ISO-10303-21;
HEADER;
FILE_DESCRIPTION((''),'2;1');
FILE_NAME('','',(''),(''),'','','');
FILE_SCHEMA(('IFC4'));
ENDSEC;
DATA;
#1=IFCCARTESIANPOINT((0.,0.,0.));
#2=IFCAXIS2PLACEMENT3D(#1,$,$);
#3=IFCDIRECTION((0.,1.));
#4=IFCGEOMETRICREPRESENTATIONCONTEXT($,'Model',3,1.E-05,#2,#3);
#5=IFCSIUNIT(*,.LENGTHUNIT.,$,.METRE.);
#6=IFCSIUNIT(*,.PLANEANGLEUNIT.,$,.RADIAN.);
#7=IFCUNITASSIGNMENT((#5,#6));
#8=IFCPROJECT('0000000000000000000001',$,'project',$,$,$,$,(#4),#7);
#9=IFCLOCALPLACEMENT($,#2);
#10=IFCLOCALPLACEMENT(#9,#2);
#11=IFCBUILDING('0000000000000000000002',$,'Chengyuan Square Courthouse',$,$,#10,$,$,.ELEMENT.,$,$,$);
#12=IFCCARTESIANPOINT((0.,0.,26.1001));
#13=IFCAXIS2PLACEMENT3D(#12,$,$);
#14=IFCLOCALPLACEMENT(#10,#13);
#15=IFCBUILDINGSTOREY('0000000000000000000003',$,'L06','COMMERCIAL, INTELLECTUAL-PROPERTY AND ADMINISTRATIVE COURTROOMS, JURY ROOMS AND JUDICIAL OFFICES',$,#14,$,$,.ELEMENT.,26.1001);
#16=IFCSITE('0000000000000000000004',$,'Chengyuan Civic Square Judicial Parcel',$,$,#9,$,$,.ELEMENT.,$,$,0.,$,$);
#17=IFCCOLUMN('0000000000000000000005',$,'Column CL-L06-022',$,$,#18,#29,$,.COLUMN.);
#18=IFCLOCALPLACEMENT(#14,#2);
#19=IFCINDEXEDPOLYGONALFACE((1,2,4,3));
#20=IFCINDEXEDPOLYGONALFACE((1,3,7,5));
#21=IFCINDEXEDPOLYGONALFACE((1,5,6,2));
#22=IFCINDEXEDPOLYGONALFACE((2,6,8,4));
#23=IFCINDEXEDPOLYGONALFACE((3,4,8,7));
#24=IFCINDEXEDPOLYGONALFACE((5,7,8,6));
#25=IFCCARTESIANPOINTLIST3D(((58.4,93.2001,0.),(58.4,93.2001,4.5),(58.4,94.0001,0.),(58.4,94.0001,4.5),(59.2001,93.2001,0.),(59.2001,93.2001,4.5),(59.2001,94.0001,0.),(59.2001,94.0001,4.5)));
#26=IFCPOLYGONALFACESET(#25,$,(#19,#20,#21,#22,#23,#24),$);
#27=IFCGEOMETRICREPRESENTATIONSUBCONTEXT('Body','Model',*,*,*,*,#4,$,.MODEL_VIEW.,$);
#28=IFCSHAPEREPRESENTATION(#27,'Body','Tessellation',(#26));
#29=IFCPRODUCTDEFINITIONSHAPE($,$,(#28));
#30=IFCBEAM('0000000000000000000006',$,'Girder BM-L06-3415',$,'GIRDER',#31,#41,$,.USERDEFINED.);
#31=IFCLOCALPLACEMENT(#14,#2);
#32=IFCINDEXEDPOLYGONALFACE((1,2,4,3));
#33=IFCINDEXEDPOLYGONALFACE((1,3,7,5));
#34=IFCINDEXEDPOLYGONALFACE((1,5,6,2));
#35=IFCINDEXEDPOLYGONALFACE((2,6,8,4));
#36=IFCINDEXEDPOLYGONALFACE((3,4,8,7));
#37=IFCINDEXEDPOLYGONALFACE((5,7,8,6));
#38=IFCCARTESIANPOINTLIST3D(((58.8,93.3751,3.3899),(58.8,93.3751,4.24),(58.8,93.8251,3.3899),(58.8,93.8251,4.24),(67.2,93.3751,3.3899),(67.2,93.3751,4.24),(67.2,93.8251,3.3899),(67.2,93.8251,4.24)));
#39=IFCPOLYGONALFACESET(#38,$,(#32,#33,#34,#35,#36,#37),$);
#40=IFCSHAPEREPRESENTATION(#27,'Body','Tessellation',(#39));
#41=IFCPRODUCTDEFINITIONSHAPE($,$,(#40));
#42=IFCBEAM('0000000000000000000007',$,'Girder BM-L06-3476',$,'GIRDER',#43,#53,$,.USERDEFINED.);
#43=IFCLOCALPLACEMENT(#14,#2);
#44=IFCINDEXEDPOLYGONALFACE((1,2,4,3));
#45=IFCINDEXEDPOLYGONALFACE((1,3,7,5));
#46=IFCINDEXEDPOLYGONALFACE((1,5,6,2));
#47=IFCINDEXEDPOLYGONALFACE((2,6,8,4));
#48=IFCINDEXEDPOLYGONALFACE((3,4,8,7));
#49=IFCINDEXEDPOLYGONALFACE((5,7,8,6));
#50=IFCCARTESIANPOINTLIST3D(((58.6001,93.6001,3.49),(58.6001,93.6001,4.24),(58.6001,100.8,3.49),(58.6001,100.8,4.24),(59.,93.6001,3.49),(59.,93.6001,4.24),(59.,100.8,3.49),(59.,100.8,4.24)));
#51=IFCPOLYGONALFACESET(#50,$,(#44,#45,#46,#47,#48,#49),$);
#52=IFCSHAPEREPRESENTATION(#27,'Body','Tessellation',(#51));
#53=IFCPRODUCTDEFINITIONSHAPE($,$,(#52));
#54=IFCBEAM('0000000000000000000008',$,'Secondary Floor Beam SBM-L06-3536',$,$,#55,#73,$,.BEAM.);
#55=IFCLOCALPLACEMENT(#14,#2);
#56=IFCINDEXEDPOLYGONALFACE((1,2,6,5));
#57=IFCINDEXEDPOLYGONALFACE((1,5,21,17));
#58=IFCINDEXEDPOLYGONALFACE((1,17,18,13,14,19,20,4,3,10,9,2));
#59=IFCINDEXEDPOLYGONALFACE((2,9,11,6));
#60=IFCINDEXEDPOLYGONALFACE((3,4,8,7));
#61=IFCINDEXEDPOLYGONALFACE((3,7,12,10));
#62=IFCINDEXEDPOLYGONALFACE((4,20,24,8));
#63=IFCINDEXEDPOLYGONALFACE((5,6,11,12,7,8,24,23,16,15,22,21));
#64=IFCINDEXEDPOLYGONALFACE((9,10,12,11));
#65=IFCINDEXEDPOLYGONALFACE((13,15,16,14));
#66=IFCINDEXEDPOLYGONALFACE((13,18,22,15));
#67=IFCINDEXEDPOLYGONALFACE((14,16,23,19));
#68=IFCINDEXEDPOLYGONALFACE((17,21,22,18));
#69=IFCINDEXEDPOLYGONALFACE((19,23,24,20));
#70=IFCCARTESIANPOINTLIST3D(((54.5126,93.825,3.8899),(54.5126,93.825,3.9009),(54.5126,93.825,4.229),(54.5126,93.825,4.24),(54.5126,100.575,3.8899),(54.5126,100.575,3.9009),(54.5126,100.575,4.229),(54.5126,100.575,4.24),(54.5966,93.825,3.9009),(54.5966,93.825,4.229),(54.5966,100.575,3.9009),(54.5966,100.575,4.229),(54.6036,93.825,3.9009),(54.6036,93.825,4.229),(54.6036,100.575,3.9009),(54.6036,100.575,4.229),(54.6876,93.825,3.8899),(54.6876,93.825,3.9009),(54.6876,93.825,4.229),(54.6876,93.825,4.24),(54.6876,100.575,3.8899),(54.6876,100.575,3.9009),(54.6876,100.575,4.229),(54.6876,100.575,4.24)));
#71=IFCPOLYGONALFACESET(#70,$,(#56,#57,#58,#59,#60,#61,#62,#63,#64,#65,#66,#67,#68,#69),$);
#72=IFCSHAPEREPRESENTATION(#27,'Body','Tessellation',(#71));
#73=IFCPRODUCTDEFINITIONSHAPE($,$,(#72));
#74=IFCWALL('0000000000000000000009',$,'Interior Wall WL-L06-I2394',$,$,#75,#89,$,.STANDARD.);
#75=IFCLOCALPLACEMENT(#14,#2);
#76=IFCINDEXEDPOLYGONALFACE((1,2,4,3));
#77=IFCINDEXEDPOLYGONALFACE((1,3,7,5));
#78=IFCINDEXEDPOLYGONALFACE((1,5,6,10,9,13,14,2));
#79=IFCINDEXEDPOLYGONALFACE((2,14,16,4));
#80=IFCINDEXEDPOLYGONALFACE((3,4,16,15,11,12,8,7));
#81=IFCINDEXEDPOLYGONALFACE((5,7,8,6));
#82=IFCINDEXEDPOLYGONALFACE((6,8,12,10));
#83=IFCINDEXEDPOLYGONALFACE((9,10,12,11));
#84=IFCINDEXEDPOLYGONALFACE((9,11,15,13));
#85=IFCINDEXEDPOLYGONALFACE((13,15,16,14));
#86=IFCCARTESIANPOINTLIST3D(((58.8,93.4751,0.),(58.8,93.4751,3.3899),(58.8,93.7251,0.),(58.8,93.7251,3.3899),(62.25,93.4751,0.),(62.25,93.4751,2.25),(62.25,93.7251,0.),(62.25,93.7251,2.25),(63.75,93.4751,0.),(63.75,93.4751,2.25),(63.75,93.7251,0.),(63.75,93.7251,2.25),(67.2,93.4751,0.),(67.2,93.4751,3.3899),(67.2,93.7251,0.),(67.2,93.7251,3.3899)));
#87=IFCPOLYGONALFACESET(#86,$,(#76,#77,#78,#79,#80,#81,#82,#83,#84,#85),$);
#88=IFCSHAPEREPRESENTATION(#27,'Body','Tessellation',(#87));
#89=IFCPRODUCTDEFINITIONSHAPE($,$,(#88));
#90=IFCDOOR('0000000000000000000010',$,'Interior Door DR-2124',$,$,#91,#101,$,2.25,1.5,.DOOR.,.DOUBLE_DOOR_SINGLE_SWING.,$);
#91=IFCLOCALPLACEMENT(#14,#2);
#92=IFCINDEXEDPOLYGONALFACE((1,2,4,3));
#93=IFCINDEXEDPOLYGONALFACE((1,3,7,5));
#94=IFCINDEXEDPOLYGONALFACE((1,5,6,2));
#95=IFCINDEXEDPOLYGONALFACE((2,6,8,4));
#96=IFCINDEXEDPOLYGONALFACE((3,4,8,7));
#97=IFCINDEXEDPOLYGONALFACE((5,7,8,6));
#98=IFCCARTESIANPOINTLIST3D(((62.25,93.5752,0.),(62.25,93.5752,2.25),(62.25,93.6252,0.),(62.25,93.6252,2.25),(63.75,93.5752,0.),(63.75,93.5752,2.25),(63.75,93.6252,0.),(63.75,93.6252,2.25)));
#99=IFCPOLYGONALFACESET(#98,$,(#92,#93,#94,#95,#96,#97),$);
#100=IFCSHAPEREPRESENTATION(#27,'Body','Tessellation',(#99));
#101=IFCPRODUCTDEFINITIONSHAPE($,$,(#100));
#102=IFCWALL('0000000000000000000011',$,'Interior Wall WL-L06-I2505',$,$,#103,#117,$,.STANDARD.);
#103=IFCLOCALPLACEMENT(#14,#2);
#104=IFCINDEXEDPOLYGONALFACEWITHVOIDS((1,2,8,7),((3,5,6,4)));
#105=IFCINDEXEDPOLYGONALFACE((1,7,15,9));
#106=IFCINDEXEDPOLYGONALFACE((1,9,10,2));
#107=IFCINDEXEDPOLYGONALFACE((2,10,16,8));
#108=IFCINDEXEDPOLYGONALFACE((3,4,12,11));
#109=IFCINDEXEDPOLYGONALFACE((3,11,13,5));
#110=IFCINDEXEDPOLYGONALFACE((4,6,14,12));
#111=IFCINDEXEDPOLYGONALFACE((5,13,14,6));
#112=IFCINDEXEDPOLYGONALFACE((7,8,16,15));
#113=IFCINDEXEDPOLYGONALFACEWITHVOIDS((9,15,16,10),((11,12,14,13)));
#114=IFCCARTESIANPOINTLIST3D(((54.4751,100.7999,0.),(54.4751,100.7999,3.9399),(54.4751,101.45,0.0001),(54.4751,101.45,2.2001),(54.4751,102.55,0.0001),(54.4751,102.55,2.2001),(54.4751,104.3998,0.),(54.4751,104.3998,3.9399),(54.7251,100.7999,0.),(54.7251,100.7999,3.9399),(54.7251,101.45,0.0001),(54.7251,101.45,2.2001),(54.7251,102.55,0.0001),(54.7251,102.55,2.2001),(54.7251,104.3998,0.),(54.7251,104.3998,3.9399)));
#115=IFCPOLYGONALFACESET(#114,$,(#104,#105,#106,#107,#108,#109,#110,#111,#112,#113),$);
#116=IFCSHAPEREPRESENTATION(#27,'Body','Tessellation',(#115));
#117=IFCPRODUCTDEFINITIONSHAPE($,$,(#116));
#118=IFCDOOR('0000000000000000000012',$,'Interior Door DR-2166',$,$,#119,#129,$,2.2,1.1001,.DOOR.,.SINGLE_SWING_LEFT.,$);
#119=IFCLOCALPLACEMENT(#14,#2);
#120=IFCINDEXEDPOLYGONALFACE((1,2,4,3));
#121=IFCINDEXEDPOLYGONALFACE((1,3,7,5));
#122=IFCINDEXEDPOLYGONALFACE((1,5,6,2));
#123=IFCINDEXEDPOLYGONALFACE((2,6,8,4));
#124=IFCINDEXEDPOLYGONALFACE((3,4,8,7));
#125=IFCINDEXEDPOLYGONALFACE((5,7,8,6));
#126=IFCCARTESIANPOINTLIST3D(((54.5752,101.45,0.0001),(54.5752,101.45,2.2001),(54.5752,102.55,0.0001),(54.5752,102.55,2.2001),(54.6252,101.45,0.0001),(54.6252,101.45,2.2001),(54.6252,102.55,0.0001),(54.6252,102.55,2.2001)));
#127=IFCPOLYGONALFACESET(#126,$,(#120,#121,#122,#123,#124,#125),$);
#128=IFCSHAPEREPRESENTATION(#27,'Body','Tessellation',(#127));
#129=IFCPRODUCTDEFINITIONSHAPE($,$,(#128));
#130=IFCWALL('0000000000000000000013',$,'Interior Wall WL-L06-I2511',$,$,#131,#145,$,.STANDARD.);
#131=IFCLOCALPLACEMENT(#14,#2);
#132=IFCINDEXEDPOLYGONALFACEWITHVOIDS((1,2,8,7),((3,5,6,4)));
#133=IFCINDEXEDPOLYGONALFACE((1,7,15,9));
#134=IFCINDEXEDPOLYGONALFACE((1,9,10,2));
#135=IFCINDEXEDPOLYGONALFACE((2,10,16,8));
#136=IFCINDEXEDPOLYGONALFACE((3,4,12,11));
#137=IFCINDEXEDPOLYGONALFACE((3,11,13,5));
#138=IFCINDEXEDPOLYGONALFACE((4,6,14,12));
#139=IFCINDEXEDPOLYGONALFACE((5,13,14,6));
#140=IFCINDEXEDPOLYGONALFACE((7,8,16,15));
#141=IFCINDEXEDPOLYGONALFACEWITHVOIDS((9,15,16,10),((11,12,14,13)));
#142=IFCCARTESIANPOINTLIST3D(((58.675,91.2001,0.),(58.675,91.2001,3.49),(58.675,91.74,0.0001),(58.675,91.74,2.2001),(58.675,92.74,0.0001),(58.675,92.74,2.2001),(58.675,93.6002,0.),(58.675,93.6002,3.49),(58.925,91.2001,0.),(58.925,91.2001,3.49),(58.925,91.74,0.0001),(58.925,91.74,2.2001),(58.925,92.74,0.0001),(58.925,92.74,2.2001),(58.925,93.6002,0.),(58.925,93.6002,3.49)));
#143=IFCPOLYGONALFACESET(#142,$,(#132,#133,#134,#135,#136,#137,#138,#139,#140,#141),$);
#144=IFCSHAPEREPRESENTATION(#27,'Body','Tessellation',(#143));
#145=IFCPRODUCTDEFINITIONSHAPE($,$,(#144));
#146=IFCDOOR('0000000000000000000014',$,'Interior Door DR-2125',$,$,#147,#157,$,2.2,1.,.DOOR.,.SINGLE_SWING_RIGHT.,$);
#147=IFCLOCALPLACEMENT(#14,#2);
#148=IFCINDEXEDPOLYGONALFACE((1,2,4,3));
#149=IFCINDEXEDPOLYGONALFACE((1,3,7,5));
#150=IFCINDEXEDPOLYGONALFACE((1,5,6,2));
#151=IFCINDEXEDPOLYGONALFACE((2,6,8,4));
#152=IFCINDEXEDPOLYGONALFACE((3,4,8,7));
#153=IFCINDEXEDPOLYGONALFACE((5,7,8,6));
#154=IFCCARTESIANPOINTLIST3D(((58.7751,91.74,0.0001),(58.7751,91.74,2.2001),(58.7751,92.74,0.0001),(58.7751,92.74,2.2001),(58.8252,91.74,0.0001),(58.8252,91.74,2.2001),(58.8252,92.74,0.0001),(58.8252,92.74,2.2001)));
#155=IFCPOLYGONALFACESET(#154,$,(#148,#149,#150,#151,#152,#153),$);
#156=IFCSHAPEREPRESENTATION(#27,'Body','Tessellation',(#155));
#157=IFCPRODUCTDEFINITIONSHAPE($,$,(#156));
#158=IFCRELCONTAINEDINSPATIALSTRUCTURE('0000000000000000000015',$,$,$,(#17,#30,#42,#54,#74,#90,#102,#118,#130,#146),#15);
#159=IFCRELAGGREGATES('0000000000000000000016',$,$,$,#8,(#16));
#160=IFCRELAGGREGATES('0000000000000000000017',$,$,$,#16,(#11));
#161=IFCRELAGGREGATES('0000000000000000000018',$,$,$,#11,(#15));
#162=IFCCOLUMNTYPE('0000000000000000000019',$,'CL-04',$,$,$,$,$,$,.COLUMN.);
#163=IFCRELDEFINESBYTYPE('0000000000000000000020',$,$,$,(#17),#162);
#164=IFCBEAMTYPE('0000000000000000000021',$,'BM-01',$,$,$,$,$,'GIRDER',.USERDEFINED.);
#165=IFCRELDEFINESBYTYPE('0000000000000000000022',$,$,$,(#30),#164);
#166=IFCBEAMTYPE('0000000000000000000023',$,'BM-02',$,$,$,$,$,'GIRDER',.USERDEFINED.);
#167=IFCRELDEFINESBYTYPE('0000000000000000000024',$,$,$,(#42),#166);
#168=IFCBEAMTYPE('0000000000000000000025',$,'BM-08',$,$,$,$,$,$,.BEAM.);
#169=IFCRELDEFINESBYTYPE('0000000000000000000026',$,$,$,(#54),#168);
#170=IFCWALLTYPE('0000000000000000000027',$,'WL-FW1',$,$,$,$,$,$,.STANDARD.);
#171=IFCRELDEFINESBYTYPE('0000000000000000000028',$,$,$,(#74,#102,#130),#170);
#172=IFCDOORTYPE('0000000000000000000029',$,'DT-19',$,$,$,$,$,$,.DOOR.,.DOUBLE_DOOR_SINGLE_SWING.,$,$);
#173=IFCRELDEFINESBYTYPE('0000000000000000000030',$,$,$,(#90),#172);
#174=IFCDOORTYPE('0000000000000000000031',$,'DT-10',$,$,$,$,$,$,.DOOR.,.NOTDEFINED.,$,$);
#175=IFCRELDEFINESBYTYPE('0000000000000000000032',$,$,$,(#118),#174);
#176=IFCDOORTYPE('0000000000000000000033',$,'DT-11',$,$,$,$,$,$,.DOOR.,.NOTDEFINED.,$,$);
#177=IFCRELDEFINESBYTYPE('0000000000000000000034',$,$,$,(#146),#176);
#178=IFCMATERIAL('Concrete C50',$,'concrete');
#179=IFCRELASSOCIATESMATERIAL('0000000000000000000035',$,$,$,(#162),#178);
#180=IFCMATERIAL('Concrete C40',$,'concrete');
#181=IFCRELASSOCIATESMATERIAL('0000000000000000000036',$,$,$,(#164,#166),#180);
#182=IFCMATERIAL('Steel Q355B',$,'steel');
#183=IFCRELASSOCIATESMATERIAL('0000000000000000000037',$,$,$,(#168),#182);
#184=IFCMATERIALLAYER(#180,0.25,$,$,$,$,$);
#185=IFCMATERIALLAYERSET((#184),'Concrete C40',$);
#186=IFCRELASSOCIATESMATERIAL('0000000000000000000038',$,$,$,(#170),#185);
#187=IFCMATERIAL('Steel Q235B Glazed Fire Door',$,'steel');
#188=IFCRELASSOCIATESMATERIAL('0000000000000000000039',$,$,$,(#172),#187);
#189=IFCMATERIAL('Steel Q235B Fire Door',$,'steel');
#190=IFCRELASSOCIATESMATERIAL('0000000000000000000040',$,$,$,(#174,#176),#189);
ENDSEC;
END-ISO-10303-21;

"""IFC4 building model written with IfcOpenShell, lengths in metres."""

from ifc_helpers import new_model, si_unit, direction, frame, frame_2d, origin, origin_2d, place, context, subcontext, project, spatial, rectangle, i_section, extrude, material, layer, layer_set, material_profile, profile_set, type_object, element, fill, save


model = new_model("IFC4")

# Units and contexts
model_context = context("Model", 3, precision=1e-05, world=origin(), true_north=direction((0.0, 1.0)))
body_context = subcontext(model_context, "Body", "Model", "MODEL_VIEW")
ifc_project = project(units=[si_unit("LENGTHUNIT", "METRE"), si_unit("PLANEANGLEUNIT", "RADIAN")], contexts=[model_context])

# Site, building, storey
site_placement = place(None, origin())
site = spatial("IfcSite", under=ifc_project, at=site_placement, Name="Chengyuan Civic Square Judicial Parcel", CompositionType="ELEMENT", RefElevation=0.0)
building_placement = place(site_placement, origin())
building = spatial("IfcBuilding", under=site, at=building_placement, Name="Chengyuan Square Courthouse", CompositionType="ELEMENT")
storey_placement = place(building_placement, frame((0.0, 0.0, 26.1001)))
storey = spatial("IfcBuildingStorey", under=building, at=storey_placement, Name="L06", Description="COMMERCIAL, INTELLECTUAL-PROPERTY AND ADMINISTRATIVE COURTROOMS, JURY ROOMS AND JUDICIAL OFFICES", CompositionType="ELEMENT", Elevation=26.1001)

# Column
ifc_material_1 = material(Name="Concrete C50", Category="concrete")
ifc_material_profile_1 = material_profile(ifc_material_1, rectangle(XDim=0.8, YDim=0.8, at=origin_2d()), Name="RC-COL-800x800")
ifc_profile_set_1 = profile_set([ifc_material_profile_1], Name="Concrete C50")
column_type = type_object("IfcColumnType", Name="CL-04", PredefinedType="COLUMN", material=ifc_profile_set_1)
column_placement = place(storey_placement, frame((58.8, 93.6001, 0.0), z_axis=(0.0, 0.0, 1.0), x_axis=(1.0, 0.0, 0.0)))
element("IfcColumn", 1, at=column_placement, inside=storey, type_object=column_type, Name="Column CL-L06-022", PredefinedType="COLUMN", context=body_context, shape_type="SweptSolid", body=[
    extrude(rectangle(XDim=0.8, YDim=0.8, at=origin_2d()), origin(), (0.0, 0.0, 1.0), 4.5),
])

# Beams
ifc_material_2 = material(Name="Concrete C40", Category="concrete")
ifc_material_profile_2 = material_profile(ifc_material_2, rectangle(XDim=0.45, YDim=0.8501, at=origin_2d()), Name="RC-BM-450x850")
ifc_profile_set_2 = profile_set([ifc_material_profile_2], Name="Concrete C40")
beam_type_1 = type_object("IfcBeamType", Name="BM-01", ElementType="GIRDER", PredefinedType="USERDEFINED", material=ifc_profile_set_2)
beam_1_placement = place(storey_placement, frame((58.8, 93.6001, 3.8149), z_axis=(1.0, 0.0, 0.0), x_axis=(0.0, 1.0, 0.0)))
element("IfcBeam", 2, at=beam_1_placement, inside=storey, type_object=beam_type_1, Name="Girder BM-L06-3415", ObjectType="GIRDER", PredefinedType="USERDEFINED", context=body_context, shape_type="SweptSolid", body=[
    extrude(rectangle(XDim=0.45, YDim=0.8501, at=origin_2d()), origin(), (0.0, 0.0, 1.0), 8.3999),
])
ifc_material_profile_3 = material_profile(ifc_material_2, rectangle(XDim=0.3999, YDim=0.75, at=origin_2d()), Name="RC-BM-400x750")
ifc_profile_set_3 = profile_set([ifc_material_profile_3], Name="Concrete C40")
beam_type_2 = type_object("IfcBeamType", Name="BM-02", ElementType="GIRDER", PredefinedType="USERDEFINED", material=ifc_profile_set_3)
beam_2_placement = place(storey_placement, frame((58.8, 93.6001, 3.865), z_axis=(0.0, 1.0, 0.0), x_axis=(-1.0, 0.0, 0.0)))
element("IfcBeam", 3, at=beam_2_placement, inside=storey, type_object=beam_type_2, Name="Girder BM-L06-3476", ObjectType="GIRDER", PredefinedType="USERDEFINED", context=body_context, shape_type="SweptSolid", body=[
    extrude(rectangle(XDim=0.3999, YDim=0.75, at=origin_2d()), origin(), (0.0, 0.0, 1.0), 7.2),
])
ifc_material_3 = material(Name="Steel Q355B", Category="steel")
ifc_material_profile_4 = material_profile(ifc_material_3, i_section(OverallWidth=0.175, OverallDepth=0.3501, WebThickness=0.0071, FlangeThickness=0.011, at=origin_2d()), Name="HN 350x175x7x11")
ifc_profile_set_4 = profile_set([ifc_material_profile_4], Name="Steel Q355B")
beam_type_3 = type_object("IfcBeamType", Name="BM-08", PredefinedType="BEAM", material=ifc_profile_set_4)
beam_3_placement = place(storey_placement, frame((54.6001, 93.825, 4.0649), z_axis=(0.0, 1.0, 0.0), x_axis=(-1.0, 0.0, 0.0)))
element("IfcBeam", 4, at=beam_3_placement, inside=storey, type_object=beam_type_3, Name="Secondary Floor Beam SBM-L06-3536", PredefinedType="BEAM", context=body_context, shape_type="SweptSolid", body=[
    extrude(i_section(OverallWidth=0.175, OverallDepth=0.3501, WebThickness=0.0071, FlangeThickness=0.011, at=origin_2d()), origin(), (0.0, 0.0, 1.0), 6.75),
])

# Walls, openings, doors
ifc_layer_1 = layer(ifc_material_2, 0.25)
ifc_layer_set_1 = layer_set([ifc_layer_1], Name="Concrete C40")
wall_type_1 = type_object("IfcWallType", Name="WL-FW1", PredefinedType="STANDARD", material=ifc_layer_set_1)
wall_1_placement = place(storey_placement, frame((58.8, 93.6001, 0.0), z_axis=(0.0, 0.0, 1.0), x_axis=(1.0, 0.0, 0.0)))
wall_1 = element("IfcWall", 5, at=wall_1_placement, inside=storey, type_object=wall_type_1, Name="Interior Wall WL-L06-I2394", PredefinedType="STANDARD", context=body_context, shape_type="SweptSolid", body=[
    extrude(rectangle(XDim=8.3999, YDim=0.25, at=frame_2d((4.2, 0.0))), origin(), (0.0, 0.0, 1.0), 3.3899),
])
opening_1_placement = place(wall_1_placement, frame((3.45, 0.0, 0.0)))
opening_1 = element("IfcOpeningElement", 6, at=opening_1_placement, cuts=wall_1, PredefinedType="OPENING", context=body_context, shape_type="SweptSolid", body=[
    extrude(rectangle(XDim=1.5, YDim=2.25, at=frame_2d((0.75, 1.125))), frame((0.0, 0.137, 0.0), z_axis=(0.0, -1.0, 0.0), x_axis=(1.0, 0.0, 0.0)), (0.0, 0.0, 1.0), 0.2739),
])
ifc_material_4 = material(Name="Steel Q235B Glazed Fire Door", Category="steel")
door_type_1 = type_object("IfcDoorType", Name="DT-19", OperationType="DOUBLE_DOOR_SINGLE_SWING", PredefinedType="DOOR", material=ifc_material_4)
door_1_placement = place(opening_1_placement, frame((1.5, 0.0, 0.0), z_axis=(0.0, 0.0, 1.0), x_axis=(-1.0, 0.0, 0.0)))
door_1 = element("IfcDoor", 7, at=door_1_placement, inside=storey, type_object=door_type_1, Name="Interior Door DR-2124", OperationType="DOUBLE_DOOR_SINGLE_SWING", OverallHeight=2.25, OverallWidth=1.5, PredefinedType="DOOR", context=body_context, shape_type="SweptSolid", body=[
    extrude(rectangle(XDim=1.5, YDim=2.25, at=frame_2d((0.75, 1.125))), frame((0.0, 0.0249, 0.0), z_axis=(0.0, -1.0, 0.0), x_axis=(1.0, 0.0, 0.0)), (0.0, 0.0, 1.0), 0.05),
])
fill(opening_1, door_1)
wall_2_placement = place(storey_placement, frame((54.6001, 100.8, 0.0), z_axis=(0.0, 0.0, 1.0), x_axis=(0.0, 1.0, 0.0)))
wall_2 = element("IfcWall", 8, at=wall_2_placement, inside=storey, type_object=wall_type_1, Name="Interior Wall WL-L06-I2505", PredefinedType="STANDARD", context=body_context, shape_type="SweptSolid", body=[
    extrude(rectangle(XDim=3.5999, YDim=0.25, at=frame_2d((1.7998, 0.0))), origin(), (0.0, 0.0, 1.0), 3.9399),
])
opening_2_placement = place(wall_2_placement, frame((0.6499, 0.0, 0.0)))
opening_2 = element("IfcOpeningElement", 9, at=opening_2_placement, cuts=wall_2, PredefinedType="OPENING", context=body_context, shape_type="SweptSolid", body=[
    extrude(rectangle(XDim=1.1001, YDim=2.2, at=frame_2d((0.55, 1.1001))), frame((0.0, 0.137, 0.0), z_axis=(0.0, -1.0, 0.0), x_axis=(1.0, 0.0, 0.0)), (0.0, 0.0, 1.0), 0.2739),
])
ifc_material_5 = material(Name="Steel Q235B Fire Door", Category="steel")
door_type_2 = type_object("IfcDoorType", Name="DT-10", OperationType="NOTDEFINED", PredefinedType="DOOR", material=ifc_material_5)
door_2_placement = place(opening_2_placement, origin())
door_2 = element("IfcDoor", 10, at=door_2_placement, inside=storey, type_object=door_type_2, Name="Interior Door DR-2166", OperationType="SINGLE_SWING_LEFT", OverallHeight=2.2, OverallWidth=1.1001, PredefinedType="DOOR", context=body_context, shape_type="SweptSolid", body=[
    extrude(rectangle(XDim=1.1001, YDim=2.2, at=frame_2d((0.55, 1.1001))), frame((0.0, 0.0249, 0.0), z_axis=(0.0, -1.0, 0.0), x_axis=(1.0, 0.0, 0.0)), (0.0, 0.0, 1.0), 0.05),
])
fill(opening_2, door_2)
wall_3_placement = place(storey_placement, frame((58.8, 91.2, 0.0), z_axis=(0.0, 0.0, 1.0), x_axis=(0.0, 1.0, 0.0)))
wall_3 = element("IfcWall", 11, at=wall_3_placement, inside=storey, type_object=wall_type_1, Name="Interior Wall WL-L06-I2511", PredefinedType="STANDARD", context=body_context, shape_type="SweptSolid", body=[
    extrude(rectangle(XDim=2.4001, YDim=0.25, at=frame_2d((1.2002, 0.0))), origin(), (0.0, 0.0, 1.0), 3.49),
])
opening_3_placement = place(wall_3_placement, frame((0.54, 0.0, 0.0)))
opening_3 = element("IfcOpeningElement", 12, at=opening_3_placement, cuts=wall_3, PredefinedType="OPENING", context=body_context, shape_type="SweptSolid", body=[
    extrude(rectangle(XDim=1.0, YDim=2.2, at=frame_2d((0.5, 1.1001))), frame((0.0, 0.137, 0.0), z_axis=(0.0, -1.0, 0.0), x_axis=(1.0, 0.0, 0.0)), (0.0, 0.0, 1.0), 0.2739),
])
door_type_3 = type_object("IfcDoorType", Name="DT-11", OperationType="NOTDEFINED", PredefinedType="DOOR", material=ifc_material_5)
door_3_placement = place(opening_3_placement, origin())
door_3 = element("IfcDoor", 13, at=door_3_placement, inside=storey, type_object=door_type_3, Name="Interior Door DR-2125", OperationType="SINGLE_SWING_RIGHT", OverallHeight=2.2, OverallWidth=1.0, PredefinedType="DOOR", context=body_context, shape_type="SweptSolid", body=[
    extrude(rectangle(XDim=1.0, YDim=2.2, at=frame_2d((0.5, 1.1001))), frame((0.0, 0.0249, 0.0), z_axis=(0.0, -1.0, 0.0), x_axis=(1.0, 0.0, 0.0)), (0.0, 0.0, 1.0), 0.05),
])
fill(opening_3, door_3)

save(model, "model.ifc")
